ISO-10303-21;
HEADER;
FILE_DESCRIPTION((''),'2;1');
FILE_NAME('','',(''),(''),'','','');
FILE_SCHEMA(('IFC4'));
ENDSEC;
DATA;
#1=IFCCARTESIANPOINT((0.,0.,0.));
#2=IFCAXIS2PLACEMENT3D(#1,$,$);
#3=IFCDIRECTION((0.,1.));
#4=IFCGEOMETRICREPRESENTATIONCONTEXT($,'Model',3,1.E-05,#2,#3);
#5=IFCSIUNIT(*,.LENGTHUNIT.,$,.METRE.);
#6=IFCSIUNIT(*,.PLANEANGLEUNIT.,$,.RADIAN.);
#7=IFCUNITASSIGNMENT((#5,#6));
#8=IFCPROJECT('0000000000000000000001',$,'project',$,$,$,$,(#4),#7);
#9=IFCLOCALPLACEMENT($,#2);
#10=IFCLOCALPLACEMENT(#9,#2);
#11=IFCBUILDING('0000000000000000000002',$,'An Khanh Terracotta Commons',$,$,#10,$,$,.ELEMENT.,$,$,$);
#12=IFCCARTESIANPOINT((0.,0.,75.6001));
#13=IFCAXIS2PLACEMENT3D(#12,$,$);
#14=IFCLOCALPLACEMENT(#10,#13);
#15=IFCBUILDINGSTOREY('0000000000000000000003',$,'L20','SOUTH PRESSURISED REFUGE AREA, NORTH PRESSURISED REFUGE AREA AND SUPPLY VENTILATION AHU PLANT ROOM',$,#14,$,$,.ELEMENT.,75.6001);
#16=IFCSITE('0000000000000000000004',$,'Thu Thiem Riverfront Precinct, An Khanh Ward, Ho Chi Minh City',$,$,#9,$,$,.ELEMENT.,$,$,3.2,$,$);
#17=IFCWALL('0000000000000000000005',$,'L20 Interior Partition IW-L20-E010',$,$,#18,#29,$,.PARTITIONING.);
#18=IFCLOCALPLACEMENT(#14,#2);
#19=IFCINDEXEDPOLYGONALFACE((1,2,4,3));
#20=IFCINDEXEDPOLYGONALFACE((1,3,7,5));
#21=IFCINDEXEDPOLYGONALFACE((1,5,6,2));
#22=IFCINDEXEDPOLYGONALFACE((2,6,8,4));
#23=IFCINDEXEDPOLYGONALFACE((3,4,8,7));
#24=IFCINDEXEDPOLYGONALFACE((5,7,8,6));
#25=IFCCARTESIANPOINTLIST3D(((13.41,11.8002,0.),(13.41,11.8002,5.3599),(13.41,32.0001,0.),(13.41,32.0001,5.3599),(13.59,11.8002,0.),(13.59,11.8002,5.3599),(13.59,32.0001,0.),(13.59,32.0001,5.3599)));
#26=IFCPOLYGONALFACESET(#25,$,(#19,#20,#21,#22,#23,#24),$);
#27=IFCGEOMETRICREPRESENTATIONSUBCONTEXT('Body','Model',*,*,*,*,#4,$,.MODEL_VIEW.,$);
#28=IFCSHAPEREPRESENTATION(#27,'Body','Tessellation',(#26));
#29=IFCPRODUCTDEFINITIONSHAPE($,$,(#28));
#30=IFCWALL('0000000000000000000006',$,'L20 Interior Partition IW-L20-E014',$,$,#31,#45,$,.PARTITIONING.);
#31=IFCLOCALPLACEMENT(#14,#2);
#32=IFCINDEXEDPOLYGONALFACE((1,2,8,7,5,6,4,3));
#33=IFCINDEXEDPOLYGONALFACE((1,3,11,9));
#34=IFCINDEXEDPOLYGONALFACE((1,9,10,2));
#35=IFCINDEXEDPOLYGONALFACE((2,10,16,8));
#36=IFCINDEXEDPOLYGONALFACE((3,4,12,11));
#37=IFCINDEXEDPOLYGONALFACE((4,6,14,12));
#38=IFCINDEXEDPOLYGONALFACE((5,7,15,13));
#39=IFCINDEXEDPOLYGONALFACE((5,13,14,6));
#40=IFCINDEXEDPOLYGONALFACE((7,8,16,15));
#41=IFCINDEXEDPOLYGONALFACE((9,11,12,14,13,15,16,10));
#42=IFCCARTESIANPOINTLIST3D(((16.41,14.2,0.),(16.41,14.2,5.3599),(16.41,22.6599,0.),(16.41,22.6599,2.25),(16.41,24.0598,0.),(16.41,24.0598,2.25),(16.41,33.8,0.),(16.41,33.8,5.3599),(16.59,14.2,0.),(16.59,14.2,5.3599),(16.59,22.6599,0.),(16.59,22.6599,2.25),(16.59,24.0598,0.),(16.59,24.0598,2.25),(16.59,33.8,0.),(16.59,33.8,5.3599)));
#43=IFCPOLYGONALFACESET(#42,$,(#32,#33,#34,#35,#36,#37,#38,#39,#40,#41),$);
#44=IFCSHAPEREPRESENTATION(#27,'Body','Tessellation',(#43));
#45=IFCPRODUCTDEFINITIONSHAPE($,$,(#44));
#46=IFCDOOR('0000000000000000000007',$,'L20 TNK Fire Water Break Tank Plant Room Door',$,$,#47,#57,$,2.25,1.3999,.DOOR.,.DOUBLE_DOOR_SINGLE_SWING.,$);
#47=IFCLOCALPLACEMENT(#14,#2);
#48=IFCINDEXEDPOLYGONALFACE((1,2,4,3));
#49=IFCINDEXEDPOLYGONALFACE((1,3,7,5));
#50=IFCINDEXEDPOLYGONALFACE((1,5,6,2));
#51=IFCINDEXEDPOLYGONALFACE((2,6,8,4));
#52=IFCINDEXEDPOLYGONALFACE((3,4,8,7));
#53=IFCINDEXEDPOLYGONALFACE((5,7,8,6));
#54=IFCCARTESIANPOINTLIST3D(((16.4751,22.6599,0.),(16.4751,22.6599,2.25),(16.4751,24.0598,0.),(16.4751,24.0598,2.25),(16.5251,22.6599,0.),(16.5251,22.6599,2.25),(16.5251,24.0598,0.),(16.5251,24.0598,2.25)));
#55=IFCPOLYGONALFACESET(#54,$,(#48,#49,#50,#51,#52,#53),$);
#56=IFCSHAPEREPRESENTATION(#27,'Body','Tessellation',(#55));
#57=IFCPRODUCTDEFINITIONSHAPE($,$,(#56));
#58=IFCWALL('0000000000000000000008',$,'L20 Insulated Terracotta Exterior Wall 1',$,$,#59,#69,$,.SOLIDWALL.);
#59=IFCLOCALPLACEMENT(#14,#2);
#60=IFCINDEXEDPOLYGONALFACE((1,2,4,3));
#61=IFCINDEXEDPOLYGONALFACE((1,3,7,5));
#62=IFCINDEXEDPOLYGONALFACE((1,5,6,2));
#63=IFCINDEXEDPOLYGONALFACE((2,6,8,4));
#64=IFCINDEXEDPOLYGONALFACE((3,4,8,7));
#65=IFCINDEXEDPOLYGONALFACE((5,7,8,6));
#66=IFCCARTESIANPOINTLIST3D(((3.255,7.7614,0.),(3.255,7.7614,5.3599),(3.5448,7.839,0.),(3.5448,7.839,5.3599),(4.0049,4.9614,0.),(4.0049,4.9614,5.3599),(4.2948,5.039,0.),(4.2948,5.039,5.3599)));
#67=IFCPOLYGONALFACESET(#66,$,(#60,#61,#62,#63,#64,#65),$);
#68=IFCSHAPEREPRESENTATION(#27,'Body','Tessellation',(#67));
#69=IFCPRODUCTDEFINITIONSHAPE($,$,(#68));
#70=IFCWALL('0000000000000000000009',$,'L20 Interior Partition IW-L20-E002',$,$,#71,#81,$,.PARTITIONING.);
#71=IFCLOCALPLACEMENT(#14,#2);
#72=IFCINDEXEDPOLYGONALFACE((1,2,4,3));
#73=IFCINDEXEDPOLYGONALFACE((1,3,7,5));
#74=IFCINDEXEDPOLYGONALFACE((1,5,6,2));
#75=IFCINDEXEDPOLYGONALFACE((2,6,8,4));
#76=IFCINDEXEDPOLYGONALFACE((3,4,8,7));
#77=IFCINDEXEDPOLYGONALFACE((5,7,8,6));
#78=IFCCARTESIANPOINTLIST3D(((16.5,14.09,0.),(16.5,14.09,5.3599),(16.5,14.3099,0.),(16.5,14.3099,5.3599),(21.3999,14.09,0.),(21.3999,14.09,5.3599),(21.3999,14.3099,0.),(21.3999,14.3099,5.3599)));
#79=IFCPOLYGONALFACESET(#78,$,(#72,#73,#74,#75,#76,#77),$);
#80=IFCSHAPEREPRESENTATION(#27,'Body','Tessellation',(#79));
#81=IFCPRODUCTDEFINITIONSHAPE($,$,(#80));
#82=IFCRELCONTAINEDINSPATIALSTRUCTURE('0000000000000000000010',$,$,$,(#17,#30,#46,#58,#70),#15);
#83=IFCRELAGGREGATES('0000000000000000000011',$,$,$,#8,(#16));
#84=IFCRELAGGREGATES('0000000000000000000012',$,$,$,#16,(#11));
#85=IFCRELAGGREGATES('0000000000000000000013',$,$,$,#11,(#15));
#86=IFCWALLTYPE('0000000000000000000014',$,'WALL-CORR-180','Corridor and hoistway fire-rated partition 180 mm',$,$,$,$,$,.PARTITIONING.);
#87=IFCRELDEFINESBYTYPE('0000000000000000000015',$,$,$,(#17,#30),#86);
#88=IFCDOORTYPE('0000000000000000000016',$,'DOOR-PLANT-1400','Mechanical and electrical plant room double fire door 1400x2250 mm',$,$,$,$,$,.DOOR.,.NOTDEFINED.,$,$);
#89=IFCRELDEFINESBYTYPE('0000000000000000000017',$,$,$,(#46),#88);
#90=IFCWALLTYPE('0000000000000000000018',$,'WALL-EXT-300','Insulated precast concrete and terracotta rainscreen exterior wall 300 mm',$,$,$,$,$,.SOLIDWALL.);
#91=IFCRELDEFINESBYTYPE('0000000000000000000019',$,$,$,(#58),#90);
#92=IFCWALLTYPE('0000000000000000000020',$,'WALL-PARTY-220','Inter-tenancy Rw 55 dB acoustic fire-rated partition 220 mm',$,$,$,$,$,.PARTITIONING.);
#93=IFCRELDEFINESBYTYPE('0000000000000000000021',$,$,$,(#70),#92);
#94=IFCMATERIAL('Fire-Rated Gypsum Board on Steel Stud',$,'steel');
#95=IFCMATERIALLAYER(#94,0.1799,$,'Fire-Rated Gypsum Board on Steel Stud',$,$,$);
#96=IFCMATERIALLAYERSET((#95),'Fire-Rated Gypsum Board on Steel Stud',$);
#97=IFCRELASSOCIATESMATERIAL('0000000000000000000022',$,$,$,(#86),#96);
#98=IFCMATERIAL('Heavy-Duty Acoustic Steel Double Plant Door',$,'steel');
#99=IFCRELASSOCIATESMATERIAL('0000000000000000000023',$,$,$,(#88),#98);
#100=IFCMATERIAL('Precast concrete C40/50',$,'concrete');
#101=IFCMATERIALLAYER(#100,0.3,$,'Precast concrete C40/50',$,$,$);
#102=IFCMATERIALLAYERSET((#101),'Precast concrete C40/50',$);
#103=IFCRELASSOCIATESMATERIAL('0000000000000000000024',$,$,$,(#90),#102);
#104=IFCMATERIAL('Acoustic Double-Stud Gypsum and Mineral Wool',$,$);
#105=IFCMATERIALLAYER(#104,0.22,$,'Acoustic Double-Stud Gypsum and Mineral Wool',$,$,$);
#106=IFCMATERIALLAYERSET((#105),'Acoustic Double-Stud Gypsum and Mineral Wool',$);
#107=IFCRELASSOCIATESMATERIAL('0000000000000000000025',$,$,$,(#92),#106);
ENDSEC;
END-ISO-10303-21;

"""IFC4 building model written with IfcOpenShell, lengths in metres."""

from ifc_helpers import new_model, si_unit, direction, frame, frame_2d, origin, place, context, subcontext, project, spatial, rectangle, extrude, material, layer, layer_set, type_object, element, fill, save


model = new_model("IFC4")

# Units and contexts
model_context = context("Model", 3, precision=1e-05, world=origin(), true_north=direction((0.0, 1.0)))
body_context = subcontext(model_context, "Body", "Model", "MODEL_VIEW")
ifc_project = project(units=[si_unit("LENGTHUNIT", "METRE"), si_unit("PLANEANGLEUNIT", "RADIAN")], contexts=[model_context])

# Site, building, storey
site_placement = place(None, origin())
site = spatial("IfcSite", under=ifc_project, at=site_placement, Name="Thu Thiem Riverfront Precinct, An Khanh Ward, Ho Chi Minh City", CompositionType="ELEMENT", RefElevation=3.2)
building_placement = place(site_placement, origin())
building = spatial("IfcBuilding", under=site, at=building_placement, Name="An Khanh Terracotta Commons", CompositionType="ELEMENT")
storey_placement = place(building_placement, frame((0.0, 0.0, 75.6001)))
storey = spatial("IfcBuildingStorey", under=building, at=storey_placement, Name="L20", Description="SOUTH PRESSURISED REFUGE AREA, NORTH PRESSURISED REFUGE AREA AND SUPPLY VENTILATION AHU PLANT ROOM", CompositionType="ELEMENT", Elevation=75.6001)

# Shared definitions
ifc_material_1 = material(Name="Fire-Rated Gypsum Board on Steel Stud", Category="steel")
ifc_layer_1 = layer(ifc_material_1, 0.1799, Name="Fire-Rated Gypsum Board on Steel Stud")
ifc_layer_set_1 = layer_set([ifc_layer_1], Name="Fire-Rated Gypsum Board on Steel Stud")
wall_type_1 = type_object("IfcWallType", Name="WALL-CORR-180", Description="Corridor and hoistway fire-rated partition 180 mm", PredefinedType="PARTITIONING", material=ifc_layer_set_1)

# Shared definitions
ifc_material_2 = material(Name="Heavy-Duty Acoustic Steel Double Plant Door", Category="steel")
door_type_1 = type_object("IfcDoorType", Name="DOOR-PLANT-1400", Description="Mechanical and electrical plant room double fire door 1400x2250 mm", OperationType="NOTDEFINED", PredefinedType="DOOR", material=ifc_material_2)

# Wall
wall_1_placement = place(storey_placement, frame((13.5, 11.8, 0.0), z_axis=(0.0, 0.0, 1.0), x_axis=(0.0, 1.0, 0.0)))
element("IfcWall", 1, at=wall_1_placement, inside=storey, type_object=wall_type_1, Name="L20 Interior Partition IW-L20-E010", PredefinedType="PARTITIONING", context=body_context, shape_type="SweptSolid", body=[
    extrude(rectangle(XDim=20.2, YDim=0.1799, at=frame_2d((10.1001, 0.0))), origin(), (0.0, 0.0, 1.0), 5.3599),
])

# Wall, opening, door
wall_2_placement = place(storey_placement, frame((16.5, 14.2, 0.0), z_axis=(0.0, 0.0, 1.0), x_axis=(0.0, 1.0, 0.0)))
wall_2 = element("IfcWall", 2, at=wall_2_placement, inside=storey, type_object=wall_type_1, Name="L20 Interior Partition IW-L20-E014", PredefinedType="PARTITIONING", context=body_context, shape_type="SweptSolid", body=[
    extrude(rectangle(XDim=19.6001, YDim=0.1799, at=frame_2d((9.8, 0.0))), origin(), (0.0, 0.0, 1.0), 5.3599),
])
opening_1_placement = place(wall_2_placement, frame((8.46, 0.0, 0.0)))
opening_1 = element("IfcOpeningElement", 3, at=opening_1_placement, cuts=wall_2, PredefinedType="OPENING", context=body_context, shape_type="SweptSolid", body=[
    extrude(rectangle(XDim=1.3999, YDim=2.25, at=frame_2d((0.7, 1.125))), frame((0.0, 0.0999, 0.0), z_axis=(0.0, -1.0, 0.0), x_axis=(1.0, 0.0, 0.0)), (0.0, 0.0, 1.0), 0.2),
])
door_1_placement = place(opening_1_placement, origin())
door_1 = element("IfcDoor", 4, at=door_1_placement, inside=storey, type_object=door_type_1, Name="L20 TNK Fire Water Break Tank Plant Room Door", OperationType="DOUBLE_DOOR_SINGLE_SWING", OverallHeight=2.25, OverallWidth=1.3999, PredefinedType="DOOR", context=body_context, shape_type="SweptSolid", body=[
    extrude(rectangle(XDim=1.3999, YDim=2.25, at=frame_2d((0.7, 1.125))), frame((0.0, 0.0249, 0.0), z_axis=(0.0, -1.0, 0.0), x_axis=(1.0, 0.0, 0.0)), (0.0, 0.0, 1.0), 0.05),
])
fill(opening_1, door_1)

# Walls
ifc_material_3 = material(Name="Precast concrete C40/50", Category="concrete")
ifc_layer_2 = layer(ifc_material_3, 0.3, Name="Precast concrete C40/50")
ifc_layer_set_2 = layer_set([ifc_layer_2], Name="Precast concrete C40/50")
wall_type_2 = type_object("IfcWallType", Name="WALL-EXT-300", Description="Insulated precast concrete and terracotta rainscreen exterior wall 300 mm", PredefinedType="SOLIDWALL", material=ifc_layer_set_2)
wall_3_placement = place(storey_placement, frame((3.3999, 7.8, 0.0), z_axis=(0.0, 0.0, 1.0), x_axis=(0.258732, -0.965949, 0.0)))
element("IfcWall", 5, at=wall_3_placement, inside=storey, type_object=wall_type_2, Name="L20 Insulated Terracotta Exterior Wall 1", PredefinedType="SOLIDWALL", context=body_context, shape_type="SweptSolid", body=[
    extrude(rectangle(XDim=2.8987, YDim=0.3, at=frame_2d((1.4492, 0.0))), origin(), (0.0, 0.0, 1.0), 5.3599),
])
ifc_material_4 = material(Name="Acoustic Double-Stud Gypsum and Mineral Wool")
ifc_layer_3 = layer(ifc_material_4, 0.22, Name="Acoustic Double-Stud Gypsum and Mineral Wool")
ifc_layer_set_3 = layer_set([ifc_layer_3], Name="Acoustic Double-Stud Gypsum and Mineral Wool")
wall_type_3 = type_object("IfcWallType", Name="WALL-PARTY-220", Description="Inter-tenancy Rw 55 dB acoustic fire-rated partition 220 mm", PredefinedType="PARTITIONING", material=ifc_layer_set_3)
wall_4_placement = place(storey_placement, frame((16.5, 14.2, 0.0), z_axis=(0.0, 0.0, 1.0), x_axis=(1.0, 0.0, 0.0)))
element("IfcWall", 6, at=wall_4_placement, inside=storey, type_object=wall_type_3, Name="L20 Interior Partition IW-L20-E002", PredefinedType="PARTITIONING", context=body_context, shape_type="SweptSolid", body=[
    extrude(rectangle(XDim=4.8999, YDim=0.22, at=frame_2d((2.45, 0.0))), origin(), (0.0, 0.0, 1.0), 5.3599),
])

save(model, "model.ifc")
